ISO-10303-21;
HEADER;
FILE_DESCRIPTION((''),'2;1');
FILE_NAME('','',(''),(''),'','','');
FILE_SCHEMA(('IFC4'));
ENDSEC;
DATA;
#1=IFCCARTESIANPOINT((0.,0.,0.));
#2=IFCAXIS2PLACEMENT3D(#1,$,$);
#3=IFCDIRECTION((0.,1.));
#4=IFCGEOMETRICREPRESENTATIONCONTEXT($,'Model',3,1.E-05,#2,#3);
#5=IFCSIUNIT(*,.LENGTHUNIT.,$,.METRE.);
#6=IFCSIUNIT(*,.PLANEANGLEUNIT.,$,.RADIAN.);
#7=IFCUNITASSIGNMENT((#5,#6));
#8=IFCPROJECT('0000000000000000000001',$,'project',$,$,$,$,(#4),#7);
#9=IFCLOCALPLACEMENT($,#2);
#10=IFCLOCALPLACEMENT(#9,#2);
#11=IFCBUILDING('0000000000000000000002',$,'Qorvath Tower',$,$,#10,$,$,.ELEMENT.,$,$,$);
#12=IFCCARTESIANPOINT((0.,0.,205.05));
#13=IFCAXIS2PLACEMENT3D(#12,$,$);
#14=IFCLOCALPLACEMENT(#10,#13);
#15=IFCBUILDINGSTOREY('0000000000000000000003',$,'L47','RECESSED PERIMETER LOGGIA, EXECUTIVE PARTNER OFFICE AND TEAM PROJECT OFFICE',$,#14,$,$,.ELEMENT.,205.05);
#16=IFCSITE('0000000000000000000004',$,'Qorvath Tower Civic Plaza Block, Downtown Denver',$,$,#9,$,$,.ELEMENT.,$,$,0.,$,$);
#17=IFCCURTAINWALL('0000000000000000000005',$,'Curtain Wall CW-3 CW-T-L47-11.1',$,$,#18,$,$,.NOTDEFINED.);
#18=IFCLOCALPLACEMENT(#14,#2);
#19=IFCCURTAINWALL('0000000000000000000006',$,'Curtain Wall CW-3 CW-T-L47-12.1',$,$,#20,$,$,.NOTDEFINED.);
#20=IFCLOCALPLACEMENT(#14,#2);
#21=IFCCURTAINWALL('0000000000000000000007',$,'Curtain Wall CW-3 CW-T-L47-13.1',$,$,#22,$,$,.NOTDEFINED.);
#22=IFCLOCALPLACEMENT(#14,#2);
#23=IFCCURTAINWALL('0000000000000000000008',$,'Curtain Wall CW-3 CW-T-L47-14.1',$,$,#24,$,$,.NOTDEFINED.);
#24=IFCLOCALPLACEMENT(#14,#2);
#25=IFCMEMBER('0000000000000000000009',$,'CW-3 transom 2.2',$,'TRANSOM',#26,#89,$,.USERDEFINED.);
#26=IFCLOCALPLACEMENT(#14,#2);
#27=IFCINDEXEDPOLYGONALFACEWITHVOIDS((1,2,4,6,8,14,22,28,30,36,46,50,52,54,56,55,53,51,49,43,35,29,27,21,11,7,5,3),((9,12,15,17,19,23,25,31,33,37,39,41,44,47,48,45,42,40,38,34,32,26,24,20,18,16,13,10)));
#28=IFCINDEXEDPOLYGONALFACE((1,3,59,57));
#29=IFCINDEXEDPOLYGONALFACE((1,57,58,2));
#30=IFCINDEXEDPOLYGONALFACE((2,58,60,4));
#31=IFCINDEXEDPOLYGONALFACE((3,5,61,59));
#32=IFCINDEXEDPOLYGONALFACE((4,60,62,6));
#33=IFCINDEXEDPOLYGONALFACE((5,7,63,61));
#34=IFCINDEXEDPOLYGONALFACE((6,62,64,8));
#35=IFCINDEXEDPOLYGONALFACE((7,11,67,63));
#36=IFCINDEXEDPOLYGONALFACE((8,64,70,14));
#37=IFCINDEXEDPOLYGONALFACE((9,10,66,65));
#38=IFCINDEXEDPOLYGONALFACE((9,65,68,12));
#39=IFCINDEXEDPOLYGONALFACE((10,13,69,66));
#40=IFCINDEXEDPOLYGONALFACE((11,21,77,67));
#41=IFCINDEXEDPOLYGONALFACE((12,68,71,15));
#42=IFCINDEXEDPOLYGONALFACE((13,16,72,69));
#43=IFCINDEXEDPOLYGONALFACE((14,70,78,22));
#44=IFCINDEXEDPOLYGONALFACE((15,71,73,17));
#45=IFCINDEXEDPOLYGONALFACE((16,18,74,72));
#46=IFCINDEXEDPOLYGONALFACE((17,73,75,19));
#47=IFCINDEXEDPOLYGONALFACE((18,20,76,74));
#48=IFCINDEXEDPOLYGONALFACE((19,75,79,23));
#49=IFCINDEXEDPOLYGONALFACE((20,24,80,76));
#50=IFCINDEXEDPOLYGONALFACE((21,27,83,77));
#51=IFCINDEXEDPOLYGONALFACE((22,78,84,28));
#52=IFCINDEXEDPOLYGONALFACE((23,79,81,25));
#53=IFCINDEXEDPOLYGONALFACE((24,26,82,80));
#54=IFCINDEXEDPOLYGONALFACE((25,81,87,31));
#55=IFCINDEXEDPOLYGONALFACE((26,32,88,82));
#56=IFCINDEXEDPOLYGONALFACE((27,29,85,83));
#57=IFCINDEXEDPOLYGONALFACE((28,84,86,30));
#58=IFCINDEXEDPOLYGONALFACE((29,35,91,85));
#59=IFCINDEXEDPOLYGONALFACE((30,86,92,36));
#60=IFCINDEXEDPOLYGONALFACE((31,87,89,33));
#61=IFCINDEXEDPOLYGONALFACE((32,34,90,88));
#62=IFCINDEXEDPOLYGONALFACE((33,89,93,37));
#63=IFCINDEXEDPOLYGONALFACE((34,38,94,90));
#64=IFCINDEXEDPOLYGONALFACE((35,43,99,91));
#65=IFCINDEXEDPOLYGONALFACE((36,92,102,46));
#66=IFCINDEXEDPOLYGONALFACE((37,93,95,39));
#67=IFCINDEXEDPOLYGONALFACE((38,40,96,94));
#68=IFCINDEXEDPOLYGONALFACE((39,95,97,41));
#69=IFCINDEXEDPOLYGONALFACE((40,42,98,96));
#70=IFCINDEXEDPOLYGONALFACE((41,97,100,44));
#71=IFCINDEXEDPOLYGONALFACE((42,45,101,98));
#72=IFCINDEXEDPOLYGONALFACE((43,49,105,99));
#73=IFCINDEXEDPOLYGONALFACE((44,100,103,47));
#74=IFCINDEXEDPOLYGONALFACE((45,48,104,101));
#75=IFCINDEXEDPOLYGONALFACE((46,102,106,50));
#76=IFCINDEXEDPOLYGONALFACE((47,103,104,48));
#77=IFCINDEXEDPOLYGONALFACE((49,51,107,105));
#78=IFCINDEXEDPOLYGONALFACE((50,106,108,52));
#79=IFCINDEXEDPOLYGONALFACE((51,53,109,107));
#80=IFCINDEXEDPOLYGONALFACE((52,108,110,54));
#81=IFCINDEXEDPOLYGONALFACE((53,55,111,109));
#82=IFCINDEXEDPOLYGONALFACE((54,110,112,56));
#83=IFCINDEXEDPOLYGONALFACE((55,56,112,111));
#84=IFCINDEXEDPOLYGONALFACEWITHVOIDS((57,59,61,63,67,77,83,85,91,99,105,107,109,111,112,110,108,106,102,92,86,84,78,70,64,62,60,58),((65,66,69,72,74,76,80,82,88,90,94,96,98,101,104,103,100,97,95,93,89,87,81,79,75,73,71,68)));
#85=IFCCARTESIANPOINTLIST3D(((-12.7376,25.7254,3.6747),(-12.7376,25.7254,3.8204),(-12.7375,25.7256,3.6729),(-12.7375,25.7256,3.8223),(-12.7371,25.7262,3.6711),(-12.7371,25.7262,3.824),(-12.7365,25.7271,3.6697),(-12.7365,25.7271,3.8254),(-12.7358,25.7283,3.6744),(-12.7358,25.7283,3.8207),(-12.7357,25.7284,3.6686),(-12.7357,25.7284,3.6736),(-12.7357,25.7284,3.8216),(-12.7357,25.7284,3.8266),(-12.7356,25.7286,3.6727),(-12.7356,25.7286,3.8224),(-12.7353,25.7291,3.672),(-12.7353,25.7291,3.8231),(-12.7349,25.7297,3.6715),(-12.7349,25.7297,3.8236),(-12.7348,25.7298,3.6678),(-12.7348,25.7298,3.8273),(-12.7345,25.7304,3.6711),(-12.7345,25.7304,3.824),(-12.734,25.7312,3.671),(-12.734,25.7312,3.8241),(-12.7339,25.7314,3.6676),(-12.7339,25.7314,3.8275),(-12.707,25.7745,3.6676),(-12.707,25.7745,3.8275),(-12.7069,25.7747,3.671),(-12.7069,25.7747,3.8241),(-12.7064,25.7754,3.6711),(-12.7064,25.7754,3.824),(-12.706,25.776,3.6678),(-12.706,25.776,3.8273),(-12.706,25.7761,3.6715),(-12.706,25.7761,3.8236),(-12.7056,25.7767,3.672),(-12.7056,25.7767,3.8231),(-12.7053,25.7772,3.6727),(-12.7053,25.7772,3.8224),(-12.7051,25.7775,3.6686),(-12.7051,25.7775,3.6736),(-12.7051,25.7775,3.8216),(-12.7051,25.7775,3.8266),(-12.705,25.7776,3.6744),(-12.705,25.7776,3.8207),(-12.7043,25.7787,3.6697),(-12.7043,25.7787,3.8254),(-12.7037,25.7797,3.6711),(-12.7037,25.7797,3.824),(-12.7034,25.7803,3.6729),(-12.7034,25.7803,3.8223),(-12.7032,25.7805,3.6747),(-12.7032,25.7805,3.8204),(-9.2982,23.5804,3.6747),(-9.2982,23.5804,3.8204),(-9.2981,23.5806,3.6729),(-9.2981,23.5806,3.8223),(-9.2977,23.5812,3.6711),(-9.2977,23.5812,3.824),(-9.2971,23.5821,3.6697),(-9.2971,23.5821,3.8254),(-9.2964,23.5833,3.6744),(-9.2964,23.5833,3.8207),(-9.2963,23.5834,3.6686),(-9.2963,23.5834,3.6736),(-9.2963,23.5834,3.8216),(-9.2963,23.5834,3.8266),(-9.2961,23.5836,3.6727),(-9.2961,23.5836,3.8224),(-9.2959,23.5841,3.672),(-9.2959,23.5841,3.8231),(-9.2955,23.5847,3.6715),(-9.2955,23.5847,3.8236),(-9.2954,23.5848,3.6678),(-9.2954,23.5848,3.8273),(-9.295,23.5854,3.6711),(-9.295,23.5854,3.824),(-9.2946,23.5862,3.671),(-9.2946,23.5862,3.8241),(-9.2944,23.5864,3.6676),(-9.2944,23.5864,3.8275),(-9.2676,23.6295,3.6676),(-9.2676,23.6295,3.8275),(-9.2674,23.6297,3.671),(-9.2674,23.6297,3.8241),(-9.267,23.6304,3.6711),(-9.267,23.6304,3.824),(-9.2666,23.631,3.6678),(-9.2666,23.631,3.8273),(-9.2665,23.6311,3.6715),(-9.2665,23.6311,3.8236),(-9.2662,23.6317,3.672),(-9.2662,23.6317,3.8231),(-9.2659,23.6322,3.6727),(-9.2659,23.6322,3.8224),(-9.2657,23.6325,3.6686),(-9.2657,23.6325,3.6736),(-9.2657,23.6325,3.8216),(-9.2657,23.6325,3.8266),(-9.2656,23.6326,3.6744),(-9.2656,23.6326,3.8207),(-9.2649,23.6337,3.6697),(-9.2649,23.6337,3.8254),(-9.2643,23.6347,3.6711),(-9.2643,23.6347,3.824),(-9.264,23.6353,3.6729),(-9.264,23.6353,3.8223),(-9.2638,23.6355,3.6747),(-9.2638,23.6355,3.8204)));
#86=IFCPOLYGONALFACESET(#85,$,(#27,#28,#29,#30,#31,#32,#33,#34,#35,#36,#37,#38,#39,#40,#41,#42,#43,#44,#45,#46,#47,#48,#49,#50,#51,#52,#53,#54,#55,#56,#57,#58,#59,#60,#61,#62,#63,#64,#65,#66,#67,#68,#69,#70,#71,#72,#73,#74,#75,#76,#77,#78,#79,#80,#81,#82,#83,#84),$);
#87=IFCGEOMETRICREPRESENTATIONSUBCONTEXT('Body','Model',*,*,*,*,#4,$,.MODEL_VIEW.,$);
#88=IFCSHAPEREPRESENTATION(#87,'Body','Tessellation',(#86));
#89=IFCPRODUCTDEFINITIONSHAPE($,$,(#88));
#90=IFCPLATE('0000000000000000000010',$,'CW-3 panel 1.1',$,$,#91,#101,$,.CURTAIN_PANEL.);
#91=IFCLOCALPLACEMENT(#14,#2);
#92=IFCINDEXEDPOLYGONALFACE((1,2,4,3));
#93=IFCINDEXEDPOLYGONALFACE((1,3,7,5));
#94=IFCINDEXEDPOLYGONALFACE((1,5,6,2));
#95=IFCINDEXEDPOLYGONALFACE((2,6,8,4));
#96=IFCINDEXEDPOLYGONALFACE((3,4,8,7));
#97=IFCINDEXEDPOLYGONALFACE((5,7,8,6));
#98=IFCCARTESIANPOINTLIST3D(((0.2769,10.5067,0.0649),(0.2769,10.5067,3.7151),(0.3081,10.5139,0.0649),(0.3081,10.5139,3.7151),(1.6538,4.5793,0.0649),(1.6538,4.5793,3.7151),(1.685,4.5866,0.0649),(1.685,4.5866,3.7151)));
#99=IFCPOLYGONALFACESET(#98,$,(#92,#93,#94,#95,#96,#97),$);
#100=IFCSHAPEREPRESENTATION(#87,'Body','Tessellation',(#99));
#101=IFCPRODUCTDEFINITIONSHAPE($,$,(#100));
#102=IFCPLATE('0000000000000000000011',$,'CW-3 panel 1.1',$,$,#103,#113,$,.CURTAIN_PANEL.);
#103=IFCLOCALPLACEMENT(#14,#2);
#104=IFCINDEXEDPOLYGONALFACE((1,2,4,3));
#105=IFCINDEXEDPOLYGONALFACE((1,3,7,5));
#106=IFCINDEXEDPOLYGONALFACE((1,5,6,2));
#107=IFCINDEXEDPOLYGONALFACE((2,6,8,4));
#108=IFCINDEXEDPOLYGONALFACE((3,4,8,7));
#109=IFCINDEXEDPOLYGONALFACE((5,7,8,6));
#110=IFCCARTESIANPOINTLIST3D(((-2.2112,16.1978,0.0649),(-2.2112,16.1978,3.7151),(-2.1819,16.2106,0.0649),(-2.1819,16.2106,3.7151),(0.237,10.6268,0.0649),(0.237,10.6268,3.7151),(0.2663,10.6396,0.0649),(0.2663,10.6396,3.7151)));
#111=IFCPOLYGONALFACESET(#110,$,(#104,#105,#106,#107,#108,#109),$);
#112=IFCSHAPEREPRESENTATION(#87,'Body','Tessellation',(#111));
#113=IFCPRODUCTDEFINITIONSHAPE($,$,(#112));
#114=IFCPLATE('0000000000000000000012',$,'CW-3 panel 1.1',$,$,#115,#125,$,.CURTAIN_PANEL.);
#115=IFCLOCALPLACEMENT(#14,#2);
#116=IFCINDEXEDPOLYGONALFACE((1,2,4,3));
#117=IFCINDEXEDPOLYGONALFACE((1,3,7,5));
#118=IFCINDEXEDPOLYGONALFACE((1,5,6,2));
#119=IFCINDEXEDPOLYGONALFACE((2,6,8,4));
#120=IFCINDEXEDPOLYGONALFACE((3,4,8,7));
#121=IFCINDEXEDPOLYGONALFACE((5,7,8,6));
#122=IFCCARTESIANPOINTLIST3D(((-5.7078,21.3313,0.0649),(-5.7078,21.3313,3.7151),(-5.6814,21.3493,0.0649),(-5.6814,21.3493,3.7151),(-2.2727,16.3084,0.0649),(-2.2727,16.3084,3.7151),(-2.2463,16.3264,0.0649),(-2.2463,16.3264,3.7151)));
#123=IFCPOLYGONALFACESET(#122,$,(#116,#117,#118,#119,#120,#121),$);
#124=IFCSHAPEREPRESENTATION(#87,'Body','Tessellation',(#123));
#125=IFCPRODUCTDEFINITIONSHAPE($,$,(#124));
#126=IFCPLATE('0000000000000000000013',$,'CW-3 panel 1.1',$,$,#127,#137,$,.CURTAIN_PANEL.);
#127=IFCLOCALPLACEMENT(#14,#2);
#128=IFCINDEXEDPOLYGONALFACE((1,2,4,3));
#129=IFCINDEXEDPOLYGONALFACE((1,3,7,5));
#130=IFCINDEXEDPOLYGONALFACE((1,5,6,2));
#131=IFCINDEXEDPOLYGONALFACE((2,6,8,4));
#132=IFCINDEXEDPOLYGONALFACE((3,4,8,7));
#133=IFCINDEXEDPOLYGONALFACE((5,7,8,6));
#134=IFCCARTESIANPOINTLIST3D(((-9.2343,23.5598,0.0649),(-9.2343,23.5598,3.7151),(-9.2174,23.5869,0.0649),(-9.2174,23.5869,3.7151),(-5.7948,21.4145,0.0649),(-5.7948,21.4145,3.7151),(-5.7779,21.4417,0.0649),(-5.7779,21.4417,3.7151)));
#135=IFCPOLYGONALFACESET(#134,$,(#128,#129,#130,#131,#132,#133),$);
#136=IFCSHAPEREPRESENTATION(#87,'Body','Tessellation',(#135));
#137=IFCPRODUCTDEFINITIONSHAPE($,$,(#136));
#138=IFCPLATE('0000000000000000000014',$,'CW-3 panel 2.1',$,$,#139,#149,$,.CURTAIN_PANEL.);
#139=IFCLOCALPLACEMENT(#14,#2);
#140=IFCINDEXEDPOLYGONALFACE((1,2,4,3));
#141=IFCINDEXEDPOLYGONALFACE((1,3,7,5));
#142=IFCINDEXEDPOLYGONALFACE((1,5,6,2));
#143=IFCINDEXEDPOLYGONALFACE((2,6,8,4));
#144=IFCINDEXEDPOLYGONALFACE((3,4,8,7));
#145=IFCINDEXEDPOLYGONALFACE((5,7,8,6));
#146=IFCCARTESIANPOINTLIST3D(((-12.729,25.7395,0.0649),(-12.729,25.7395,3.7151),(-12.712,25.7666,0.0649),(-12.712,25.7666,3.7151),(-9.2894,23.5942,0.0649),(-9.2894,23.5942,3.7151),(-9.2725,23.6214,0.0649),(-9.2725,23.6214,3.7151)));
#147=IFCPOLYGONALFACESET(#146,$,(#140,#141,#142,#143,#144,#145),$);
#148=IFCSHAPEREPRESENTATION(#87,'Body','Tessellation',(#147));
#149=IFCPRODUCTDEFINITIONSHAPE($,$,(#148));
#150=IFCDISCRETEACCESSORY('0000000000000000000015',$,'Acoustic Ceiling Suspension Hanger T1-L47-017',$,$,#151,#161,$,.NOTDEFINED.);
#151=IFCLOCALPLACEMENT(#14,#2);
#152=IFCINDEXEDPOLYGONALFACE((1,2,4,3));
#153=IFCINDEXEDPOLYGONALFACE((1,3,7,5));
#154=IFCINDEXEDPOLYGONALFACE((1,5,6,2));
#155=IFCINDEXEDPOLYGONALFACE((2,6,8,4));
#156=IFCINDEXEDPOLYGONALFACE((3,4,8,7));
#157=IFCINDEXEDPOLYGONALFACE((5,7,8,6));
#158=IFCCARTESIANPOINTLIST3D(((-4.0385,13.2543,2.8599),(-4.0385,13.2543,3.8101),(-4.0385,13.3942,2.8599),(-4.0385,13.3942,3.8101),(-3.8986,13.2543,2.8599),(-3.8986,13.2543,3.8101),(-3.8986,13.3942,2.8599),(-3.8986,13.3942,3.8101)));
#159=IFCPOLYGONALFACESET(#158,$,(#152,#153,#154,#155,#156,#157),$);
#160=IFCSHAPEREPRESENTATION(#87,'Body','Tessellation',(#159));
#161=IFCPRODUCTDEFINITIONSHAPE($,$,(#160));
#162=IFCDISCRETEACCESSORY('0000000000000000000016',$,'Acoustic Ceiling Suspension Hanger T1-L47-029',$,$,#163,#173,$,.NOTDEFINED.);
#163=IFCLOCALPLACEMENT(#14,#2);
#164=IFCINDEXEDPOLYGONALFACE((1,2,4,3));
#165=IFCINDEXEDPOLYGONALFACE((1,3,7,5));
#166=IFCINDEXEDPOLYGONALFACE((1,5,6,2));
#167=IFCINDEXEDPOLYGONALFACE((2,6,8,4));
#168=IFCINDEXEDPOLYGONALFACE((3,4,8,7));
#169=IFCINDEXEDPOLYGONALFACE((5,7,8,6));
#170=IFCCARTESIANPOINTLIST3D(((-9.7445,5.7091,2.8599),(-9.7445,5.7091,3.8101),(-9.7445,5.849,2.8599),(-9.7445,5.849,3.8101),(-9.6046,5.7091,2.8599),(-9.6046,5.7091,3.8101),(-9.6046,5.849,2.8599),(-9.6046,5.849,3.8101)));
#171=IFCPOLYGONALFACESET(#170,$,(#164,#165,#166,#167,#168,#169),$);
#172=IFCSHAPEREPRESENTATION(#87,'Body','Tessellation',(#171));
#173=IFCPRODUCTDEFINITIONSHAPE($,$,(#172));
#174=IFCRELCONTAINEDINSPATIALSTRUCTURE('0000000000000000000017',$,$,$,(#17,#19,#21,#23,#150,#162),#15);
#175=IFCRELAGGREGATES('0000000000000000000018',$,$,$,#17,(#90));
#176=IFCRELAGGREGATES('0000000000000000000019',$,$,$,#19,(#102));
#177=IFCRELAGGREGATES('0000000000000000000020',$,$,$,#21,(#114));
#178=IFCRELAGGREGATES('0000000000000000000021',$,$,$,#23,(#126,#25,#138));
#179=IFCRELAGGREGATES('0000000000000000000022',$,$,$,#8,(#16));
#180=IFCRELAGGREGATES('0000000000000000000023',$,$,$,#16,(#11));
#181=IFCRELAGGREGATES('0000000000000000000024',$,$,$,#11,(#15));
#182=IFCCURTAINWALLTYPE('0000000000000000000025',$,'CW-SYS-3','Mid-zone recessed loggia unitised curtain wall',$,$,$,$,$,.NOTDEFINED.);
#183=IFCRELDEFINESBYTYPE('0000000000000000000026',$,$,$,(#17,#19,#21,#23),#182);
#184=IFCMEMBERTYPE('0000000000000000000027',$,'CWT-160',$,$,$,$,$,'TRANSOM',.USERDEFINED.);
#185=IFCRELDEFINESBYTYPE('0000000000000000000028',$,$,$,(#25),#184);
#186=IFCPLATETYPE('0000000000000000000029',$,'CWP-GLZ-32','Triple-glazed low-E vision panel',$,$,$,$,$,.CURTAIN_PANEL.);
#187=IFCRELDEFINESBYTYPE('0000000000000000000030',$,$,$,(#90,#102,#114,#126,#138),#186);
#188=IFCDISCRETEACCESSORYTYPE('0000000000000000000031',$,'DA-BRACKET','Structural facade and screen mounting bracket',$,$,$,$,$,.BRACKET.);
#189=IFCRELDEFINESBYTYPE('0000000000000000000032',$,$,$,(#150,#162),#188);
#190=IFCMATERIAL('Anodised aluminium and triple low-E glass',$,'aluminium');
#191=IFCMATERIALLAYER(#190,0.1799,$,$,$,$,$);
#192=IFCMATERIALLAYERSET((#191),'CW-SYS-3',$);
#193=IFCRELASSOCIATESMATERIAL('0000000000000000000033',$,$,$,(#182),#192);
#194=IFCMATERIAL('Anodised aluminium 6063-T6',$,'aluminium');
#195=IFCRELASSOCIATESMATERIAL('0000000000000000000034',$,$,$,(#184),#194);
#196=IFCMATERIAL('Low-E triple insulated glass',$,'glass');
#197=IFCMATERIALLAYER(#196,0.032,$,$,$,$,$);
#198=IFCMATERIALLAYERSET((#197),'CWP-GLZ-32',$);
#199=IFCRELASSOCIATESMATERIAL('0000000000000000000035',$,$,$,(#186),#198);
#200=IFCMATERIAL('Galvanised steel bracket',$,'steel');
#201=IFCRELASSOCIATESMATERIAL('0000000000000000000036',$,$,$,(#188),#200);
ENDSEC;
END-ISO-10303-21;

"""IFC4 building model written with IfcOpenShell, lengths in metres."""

from ifc_helpers import new_model, si_unit, direction, frame, origin, origin_2d, place, context, subcontext, project, spatial, rectangle, hollow_rectangle, extrude, material, layer, layer_set, material_profile, profile_set, type_object, element, aggregate, save


model = new_model("IFC4")

# Units and contexts
model_context = context("Model", 3, precision=1e-05, world=origin(), true_north=direction((0.0, 1.0)))
body_context = subcontext(model_context, "Body", "Model", "MODEL_VIEW")
ifc_project = project(units=[si_unit("LENGTHUNIT", "METRE"), si_unit("PLANEANGLEUNIT", "RADIAN")], contexts=[model_context])

# Site, building, storey
site_placement = place(None, origin())
site = spatial("IfcSite", under=ifc_project, at=site_placement, Name="Qorvath Tower Civic Plaza Block, Downtown Denver", CompositionType="ELEMENT", RefElevation=0.0)
building_placement = place(site_placement, origin())
building = spatial("IfcBuilding", under=site, at=building_placement, Name="Qorvath Tower", CompositionType="ELEMENT")
storey_placement = place(building_placement, frame((0.0, 0.0, 205.05)))
storey = spatial("IfcBuildingStorey", under=building, at=storey_placement, Name="L47", Description="RECESSED PERIMETER LOGGIA, EXECUTIVE PARTNER OFFICE AND TEAM PROJECT OFFICE", CompositionType="ELEMENT", Elevation=205.05)

# Curtain wall
ifc_material_1 = material(Name="Anodised aluminium and triple low-E glass", Category="aluminium")
ifc_layer_1 = layer(ifc_material_1, 0.1799)
ifc_layer_set_1 = layer_set([ifc_layer_1], Name="CW-SYS-3")
curtain_wall_type = type_object("IfcCurtainWallType", Name="CW-SYS-3", Description="Mid-zone recessed loggia unitised curtain wall", PredefinedType="NOTDEFINED", material=ifc_layer_set_1)
curtain_wall_1_placement = place(storey_placement, origin())
curtain_wall_1 = element("IfcCurtainWall", 1, at=curtain_wall_1_placement, inside=storey, type_object=curtain_wall_type, Name="Curtain Wall CW-3 CW-T-L47-11.1", PredefinedType="NOTDEFINED")

# Curtain walls
curtain_wall_2_placement = place(storey_placement, origin())
curtain_wall_2 = element("IfcCurtainWall", 2, at=curtain_wall_2_placement, inside=storey, type_object=curtain_wall_type, Name="Curtain Wall CW-3 CW-T-L47-12.1", PredefinedType="NOTDEFINED")
curtain_wall_3_placement = place(storey_placement, origin())
curtain_wall_3 = element("IfcCurtainWall", 3, at=curtain_wall_3_placement, inside=storey, type_object=curtain_wall_type, Name="Curtain Wall CW-3 CW-T-L47-13.1", PredefinedType="NOTDEFINED")
curtain_wall_4_placement = place(storey_placement, origin())
curtain_wall_4 = element("IfcCurtainWall", 4, at=curtain_wall_4_placement, inside=storey, type_object=curtain_wall_type, Name="Curtain Wall CW-3 CW-T-L47-14.1", PredefinedType="NOTDEFINED")

# Member
ifc_material_2 = material(Name="Anodised aluminium 6063-T6", Category="aluminium")
ifc_material_profile_1 = material_profile(ifc_material_2, hollow_rectangle(XDim=0.0649, YDim=0.1599, WallThickness=0.0034, InnerFilletRadius=0.0034, OuterFilletRadius=0.0071, at=origin_2d()), Name="CWT 160x65")
ifc_profile_set_1 = profile_set([ifc_material_profile_1], Name="Anodised aluminium 6063-T6")
member_type_1 = type_object("IfcMemberType", Name="CWT-160", ElementType="TRANSOM", PredefinedType="USERDEFINED", material=ifc_profile_set_1)
member_1_placement = place(storey_placement, frame((-9.281, 23.6079, 3.7476), z_axis=(-0.848512, 0.529176, 0.0), x_axis=(-0.529176, -0.848512, 0.0)))
member_1 = element("IfcMember", 5, at=member_1_placement, type_object=member_type_1, Name="CW-3 transom 2.2", ObjectType="TRANSOM", PredefinedType="USERDEFINED", context=body_context, shape_type="SweptSolid", body=[
    extrude(hollow_rectangle(XDim=0.0649, YDim=0.1599, WallThickness=0.0034, InnerFilletRadius=0.0034, OuterFilletRadius=0.0071, at=origin_2d()), origin(), (0.0, 0.0, 1.0), 4.0535),
])

# Plates
ifc_material_3 = material(Name="Low-E triple insulated glass", Category="glass")
ifc_layer_2 = layer(ifc_material_3, 0.032)
ifc_layer_set_2 = layer_set([ifc_layer_2], Name="CWP-GLZ-32")
plate_type = type_object("IfcPlateType", Name="CWP-GLZ-32", Description="Triple-glazed low-E vision panel", PredefinedType="CURTAIN_PANEL", material=ifc_layer_set_2)
plate_1_placement = place(storey_placement, frame((0.981, 7.5466, 0.0649), z_axis=(0.0, 0.0, 1.0), x_axis=(-0.226272, 0.974064, 0.0)))
plate_1 = element("IfcPlate", 6, at=plate_1_placement, type_object=plate_type, Name="CW-3 panel 1.1", PredefinedType="CURTAIN_PANEL", context=body_context, shape_type="SweptSolid", body=[
    extrude(rectangle(XDim=6.0852, YDim=0.032, at=origin_2d()), origin(), (0.0, 0.0, 1.0), 3.6501),
])
aggregate(curtain_wall_1, [plate_1])
plate_2_placement = place(storey_placement, frame((-0.9724, 13.4187, 0.0649), z_axis=(0.0, 0.0, 1.0), x_axis=(-0.402321, 0.915499, 0.0)))
plate_2 = element("IfcPlate", 7, at=plate_2_placement, type_object=plate_type, Name="CW-3 panel 1.1", PredefinedType="CURTAIN_PANEL", context=body_context, shape_type="SweptSolid", body=[
    extrude(rectangle(XDim=6.0852, YDim=0.032, at=origin_2d()), origin(), (0.0, 0.0, 1.0), 3.6501),
])
aggregate(curtain_wall_2, [plate_2])
plate_3_placement = place(storey_placement, frame((-3.9771, 18.8289, 0.0649), z_axis=(0.0, 0.0, 1.0), x_axis=(-0.564512, 0.825425, 0.0)))
plate_3 = element("IfcPlate", 8, at=plate_3_placement, type_object=plate_type, Name="CW-3 panel 1.1", PredefinedType="CURTAIN_PANEL", context=body_context, shape_type="SweptSolid", body=[
    extrude(rectangle(XDim=6.0852, YDim=0.032, at=origin_2d()), origin(), (0.0, 0.0, 1.0), 3.6501),
])
aggregate(curtain_wall_3, [plate_3])
plate_4_placement = place(storey_placement, frame((-7.5061, 22.5007, 0.0649), z_axis=(0.0, 0.0, 1.0), x_axis=(-0.848493, 0.529206, 0.0)))
plate_4 = element("IfcPlate", 9, at=plate_4_placement, type_object=plate_type, Name="CW-3 panel 1.1", PredefinedType="CURTAIN_PANEL", context=body_context, shape_type="SweptSolid", body=[
    extrude(rectangle(XDim=4.0537, YDim=0.032, at=origin_2d()), origin(), (0.0, 0.0, 1.0), 3.6501),
])
plate_5_placement = place(storey_placement, frame((-11.0007, 24.6804, 0.0649), z_axis=(0.0, 0.0, 1.0), x_axis=(-0.848493, 0.529206, 0.0)))
plate_5 = element("IfcPlate", 10, at=plate_5_placement, type_object=plate_type, Name="CW-3 panel 2.1", PredefinedType="CURTAIN_PANEL", context=body_context, shape_type="SweptSolid", body=[
    extrude(rectangle(XDim=4.0537, YDim=0.032, at=origin_2d()), origin(), (0.0, 0.0, 1.0), 3.6501),
])
aggregate(curtain_wall_4, [plate_4, member_1, plate_5])

# Discrete accessories
ifc_material_4 = material(Name="Galvanised steel bracket", Category="steel")
discrete_accessory_type = type_object("IfcDiscreteAccessoryType", Name="DA-BRACKET", Description="Structural facade and screen mounting bracket", PredefinedType="BRACKET", material=ifc_material_4)
for number, where, z_axis, x_axis, name in (
    (11, (-3.9685, 13.3242, 2.8599), (0.0, 0.0, 1.0), (1.0, 0.0, 0.0), "Acoustic Ceiling Suspension Hanger T1-L47-017"),
    (12, (-9.6746, 5.7791, 2.8599), (0.0, 0.0, 1.0), (1.0, 0.0, 0.0), "Acoustic Ceiling Suspension Hanger T1-L47-029"),
):
    element("IfcDiscreteAccessory", number, at=place(storey_placement, frame(where, z_axis=z_axis, x_axis=x_axis)), inside=storey, type_object=discrete_accessory_type, Name=name, PredefinedType="NOTDEFINED", context=body_context, shape_type="SweptSolid", body=[
        extrude(rectangle(XDim=0.1399, YDim=0.1399, at=origin_2d()), origin(), (0.0, 0.0, 1.0), 0.9502),
    ])

save(model, "model.ifc")
